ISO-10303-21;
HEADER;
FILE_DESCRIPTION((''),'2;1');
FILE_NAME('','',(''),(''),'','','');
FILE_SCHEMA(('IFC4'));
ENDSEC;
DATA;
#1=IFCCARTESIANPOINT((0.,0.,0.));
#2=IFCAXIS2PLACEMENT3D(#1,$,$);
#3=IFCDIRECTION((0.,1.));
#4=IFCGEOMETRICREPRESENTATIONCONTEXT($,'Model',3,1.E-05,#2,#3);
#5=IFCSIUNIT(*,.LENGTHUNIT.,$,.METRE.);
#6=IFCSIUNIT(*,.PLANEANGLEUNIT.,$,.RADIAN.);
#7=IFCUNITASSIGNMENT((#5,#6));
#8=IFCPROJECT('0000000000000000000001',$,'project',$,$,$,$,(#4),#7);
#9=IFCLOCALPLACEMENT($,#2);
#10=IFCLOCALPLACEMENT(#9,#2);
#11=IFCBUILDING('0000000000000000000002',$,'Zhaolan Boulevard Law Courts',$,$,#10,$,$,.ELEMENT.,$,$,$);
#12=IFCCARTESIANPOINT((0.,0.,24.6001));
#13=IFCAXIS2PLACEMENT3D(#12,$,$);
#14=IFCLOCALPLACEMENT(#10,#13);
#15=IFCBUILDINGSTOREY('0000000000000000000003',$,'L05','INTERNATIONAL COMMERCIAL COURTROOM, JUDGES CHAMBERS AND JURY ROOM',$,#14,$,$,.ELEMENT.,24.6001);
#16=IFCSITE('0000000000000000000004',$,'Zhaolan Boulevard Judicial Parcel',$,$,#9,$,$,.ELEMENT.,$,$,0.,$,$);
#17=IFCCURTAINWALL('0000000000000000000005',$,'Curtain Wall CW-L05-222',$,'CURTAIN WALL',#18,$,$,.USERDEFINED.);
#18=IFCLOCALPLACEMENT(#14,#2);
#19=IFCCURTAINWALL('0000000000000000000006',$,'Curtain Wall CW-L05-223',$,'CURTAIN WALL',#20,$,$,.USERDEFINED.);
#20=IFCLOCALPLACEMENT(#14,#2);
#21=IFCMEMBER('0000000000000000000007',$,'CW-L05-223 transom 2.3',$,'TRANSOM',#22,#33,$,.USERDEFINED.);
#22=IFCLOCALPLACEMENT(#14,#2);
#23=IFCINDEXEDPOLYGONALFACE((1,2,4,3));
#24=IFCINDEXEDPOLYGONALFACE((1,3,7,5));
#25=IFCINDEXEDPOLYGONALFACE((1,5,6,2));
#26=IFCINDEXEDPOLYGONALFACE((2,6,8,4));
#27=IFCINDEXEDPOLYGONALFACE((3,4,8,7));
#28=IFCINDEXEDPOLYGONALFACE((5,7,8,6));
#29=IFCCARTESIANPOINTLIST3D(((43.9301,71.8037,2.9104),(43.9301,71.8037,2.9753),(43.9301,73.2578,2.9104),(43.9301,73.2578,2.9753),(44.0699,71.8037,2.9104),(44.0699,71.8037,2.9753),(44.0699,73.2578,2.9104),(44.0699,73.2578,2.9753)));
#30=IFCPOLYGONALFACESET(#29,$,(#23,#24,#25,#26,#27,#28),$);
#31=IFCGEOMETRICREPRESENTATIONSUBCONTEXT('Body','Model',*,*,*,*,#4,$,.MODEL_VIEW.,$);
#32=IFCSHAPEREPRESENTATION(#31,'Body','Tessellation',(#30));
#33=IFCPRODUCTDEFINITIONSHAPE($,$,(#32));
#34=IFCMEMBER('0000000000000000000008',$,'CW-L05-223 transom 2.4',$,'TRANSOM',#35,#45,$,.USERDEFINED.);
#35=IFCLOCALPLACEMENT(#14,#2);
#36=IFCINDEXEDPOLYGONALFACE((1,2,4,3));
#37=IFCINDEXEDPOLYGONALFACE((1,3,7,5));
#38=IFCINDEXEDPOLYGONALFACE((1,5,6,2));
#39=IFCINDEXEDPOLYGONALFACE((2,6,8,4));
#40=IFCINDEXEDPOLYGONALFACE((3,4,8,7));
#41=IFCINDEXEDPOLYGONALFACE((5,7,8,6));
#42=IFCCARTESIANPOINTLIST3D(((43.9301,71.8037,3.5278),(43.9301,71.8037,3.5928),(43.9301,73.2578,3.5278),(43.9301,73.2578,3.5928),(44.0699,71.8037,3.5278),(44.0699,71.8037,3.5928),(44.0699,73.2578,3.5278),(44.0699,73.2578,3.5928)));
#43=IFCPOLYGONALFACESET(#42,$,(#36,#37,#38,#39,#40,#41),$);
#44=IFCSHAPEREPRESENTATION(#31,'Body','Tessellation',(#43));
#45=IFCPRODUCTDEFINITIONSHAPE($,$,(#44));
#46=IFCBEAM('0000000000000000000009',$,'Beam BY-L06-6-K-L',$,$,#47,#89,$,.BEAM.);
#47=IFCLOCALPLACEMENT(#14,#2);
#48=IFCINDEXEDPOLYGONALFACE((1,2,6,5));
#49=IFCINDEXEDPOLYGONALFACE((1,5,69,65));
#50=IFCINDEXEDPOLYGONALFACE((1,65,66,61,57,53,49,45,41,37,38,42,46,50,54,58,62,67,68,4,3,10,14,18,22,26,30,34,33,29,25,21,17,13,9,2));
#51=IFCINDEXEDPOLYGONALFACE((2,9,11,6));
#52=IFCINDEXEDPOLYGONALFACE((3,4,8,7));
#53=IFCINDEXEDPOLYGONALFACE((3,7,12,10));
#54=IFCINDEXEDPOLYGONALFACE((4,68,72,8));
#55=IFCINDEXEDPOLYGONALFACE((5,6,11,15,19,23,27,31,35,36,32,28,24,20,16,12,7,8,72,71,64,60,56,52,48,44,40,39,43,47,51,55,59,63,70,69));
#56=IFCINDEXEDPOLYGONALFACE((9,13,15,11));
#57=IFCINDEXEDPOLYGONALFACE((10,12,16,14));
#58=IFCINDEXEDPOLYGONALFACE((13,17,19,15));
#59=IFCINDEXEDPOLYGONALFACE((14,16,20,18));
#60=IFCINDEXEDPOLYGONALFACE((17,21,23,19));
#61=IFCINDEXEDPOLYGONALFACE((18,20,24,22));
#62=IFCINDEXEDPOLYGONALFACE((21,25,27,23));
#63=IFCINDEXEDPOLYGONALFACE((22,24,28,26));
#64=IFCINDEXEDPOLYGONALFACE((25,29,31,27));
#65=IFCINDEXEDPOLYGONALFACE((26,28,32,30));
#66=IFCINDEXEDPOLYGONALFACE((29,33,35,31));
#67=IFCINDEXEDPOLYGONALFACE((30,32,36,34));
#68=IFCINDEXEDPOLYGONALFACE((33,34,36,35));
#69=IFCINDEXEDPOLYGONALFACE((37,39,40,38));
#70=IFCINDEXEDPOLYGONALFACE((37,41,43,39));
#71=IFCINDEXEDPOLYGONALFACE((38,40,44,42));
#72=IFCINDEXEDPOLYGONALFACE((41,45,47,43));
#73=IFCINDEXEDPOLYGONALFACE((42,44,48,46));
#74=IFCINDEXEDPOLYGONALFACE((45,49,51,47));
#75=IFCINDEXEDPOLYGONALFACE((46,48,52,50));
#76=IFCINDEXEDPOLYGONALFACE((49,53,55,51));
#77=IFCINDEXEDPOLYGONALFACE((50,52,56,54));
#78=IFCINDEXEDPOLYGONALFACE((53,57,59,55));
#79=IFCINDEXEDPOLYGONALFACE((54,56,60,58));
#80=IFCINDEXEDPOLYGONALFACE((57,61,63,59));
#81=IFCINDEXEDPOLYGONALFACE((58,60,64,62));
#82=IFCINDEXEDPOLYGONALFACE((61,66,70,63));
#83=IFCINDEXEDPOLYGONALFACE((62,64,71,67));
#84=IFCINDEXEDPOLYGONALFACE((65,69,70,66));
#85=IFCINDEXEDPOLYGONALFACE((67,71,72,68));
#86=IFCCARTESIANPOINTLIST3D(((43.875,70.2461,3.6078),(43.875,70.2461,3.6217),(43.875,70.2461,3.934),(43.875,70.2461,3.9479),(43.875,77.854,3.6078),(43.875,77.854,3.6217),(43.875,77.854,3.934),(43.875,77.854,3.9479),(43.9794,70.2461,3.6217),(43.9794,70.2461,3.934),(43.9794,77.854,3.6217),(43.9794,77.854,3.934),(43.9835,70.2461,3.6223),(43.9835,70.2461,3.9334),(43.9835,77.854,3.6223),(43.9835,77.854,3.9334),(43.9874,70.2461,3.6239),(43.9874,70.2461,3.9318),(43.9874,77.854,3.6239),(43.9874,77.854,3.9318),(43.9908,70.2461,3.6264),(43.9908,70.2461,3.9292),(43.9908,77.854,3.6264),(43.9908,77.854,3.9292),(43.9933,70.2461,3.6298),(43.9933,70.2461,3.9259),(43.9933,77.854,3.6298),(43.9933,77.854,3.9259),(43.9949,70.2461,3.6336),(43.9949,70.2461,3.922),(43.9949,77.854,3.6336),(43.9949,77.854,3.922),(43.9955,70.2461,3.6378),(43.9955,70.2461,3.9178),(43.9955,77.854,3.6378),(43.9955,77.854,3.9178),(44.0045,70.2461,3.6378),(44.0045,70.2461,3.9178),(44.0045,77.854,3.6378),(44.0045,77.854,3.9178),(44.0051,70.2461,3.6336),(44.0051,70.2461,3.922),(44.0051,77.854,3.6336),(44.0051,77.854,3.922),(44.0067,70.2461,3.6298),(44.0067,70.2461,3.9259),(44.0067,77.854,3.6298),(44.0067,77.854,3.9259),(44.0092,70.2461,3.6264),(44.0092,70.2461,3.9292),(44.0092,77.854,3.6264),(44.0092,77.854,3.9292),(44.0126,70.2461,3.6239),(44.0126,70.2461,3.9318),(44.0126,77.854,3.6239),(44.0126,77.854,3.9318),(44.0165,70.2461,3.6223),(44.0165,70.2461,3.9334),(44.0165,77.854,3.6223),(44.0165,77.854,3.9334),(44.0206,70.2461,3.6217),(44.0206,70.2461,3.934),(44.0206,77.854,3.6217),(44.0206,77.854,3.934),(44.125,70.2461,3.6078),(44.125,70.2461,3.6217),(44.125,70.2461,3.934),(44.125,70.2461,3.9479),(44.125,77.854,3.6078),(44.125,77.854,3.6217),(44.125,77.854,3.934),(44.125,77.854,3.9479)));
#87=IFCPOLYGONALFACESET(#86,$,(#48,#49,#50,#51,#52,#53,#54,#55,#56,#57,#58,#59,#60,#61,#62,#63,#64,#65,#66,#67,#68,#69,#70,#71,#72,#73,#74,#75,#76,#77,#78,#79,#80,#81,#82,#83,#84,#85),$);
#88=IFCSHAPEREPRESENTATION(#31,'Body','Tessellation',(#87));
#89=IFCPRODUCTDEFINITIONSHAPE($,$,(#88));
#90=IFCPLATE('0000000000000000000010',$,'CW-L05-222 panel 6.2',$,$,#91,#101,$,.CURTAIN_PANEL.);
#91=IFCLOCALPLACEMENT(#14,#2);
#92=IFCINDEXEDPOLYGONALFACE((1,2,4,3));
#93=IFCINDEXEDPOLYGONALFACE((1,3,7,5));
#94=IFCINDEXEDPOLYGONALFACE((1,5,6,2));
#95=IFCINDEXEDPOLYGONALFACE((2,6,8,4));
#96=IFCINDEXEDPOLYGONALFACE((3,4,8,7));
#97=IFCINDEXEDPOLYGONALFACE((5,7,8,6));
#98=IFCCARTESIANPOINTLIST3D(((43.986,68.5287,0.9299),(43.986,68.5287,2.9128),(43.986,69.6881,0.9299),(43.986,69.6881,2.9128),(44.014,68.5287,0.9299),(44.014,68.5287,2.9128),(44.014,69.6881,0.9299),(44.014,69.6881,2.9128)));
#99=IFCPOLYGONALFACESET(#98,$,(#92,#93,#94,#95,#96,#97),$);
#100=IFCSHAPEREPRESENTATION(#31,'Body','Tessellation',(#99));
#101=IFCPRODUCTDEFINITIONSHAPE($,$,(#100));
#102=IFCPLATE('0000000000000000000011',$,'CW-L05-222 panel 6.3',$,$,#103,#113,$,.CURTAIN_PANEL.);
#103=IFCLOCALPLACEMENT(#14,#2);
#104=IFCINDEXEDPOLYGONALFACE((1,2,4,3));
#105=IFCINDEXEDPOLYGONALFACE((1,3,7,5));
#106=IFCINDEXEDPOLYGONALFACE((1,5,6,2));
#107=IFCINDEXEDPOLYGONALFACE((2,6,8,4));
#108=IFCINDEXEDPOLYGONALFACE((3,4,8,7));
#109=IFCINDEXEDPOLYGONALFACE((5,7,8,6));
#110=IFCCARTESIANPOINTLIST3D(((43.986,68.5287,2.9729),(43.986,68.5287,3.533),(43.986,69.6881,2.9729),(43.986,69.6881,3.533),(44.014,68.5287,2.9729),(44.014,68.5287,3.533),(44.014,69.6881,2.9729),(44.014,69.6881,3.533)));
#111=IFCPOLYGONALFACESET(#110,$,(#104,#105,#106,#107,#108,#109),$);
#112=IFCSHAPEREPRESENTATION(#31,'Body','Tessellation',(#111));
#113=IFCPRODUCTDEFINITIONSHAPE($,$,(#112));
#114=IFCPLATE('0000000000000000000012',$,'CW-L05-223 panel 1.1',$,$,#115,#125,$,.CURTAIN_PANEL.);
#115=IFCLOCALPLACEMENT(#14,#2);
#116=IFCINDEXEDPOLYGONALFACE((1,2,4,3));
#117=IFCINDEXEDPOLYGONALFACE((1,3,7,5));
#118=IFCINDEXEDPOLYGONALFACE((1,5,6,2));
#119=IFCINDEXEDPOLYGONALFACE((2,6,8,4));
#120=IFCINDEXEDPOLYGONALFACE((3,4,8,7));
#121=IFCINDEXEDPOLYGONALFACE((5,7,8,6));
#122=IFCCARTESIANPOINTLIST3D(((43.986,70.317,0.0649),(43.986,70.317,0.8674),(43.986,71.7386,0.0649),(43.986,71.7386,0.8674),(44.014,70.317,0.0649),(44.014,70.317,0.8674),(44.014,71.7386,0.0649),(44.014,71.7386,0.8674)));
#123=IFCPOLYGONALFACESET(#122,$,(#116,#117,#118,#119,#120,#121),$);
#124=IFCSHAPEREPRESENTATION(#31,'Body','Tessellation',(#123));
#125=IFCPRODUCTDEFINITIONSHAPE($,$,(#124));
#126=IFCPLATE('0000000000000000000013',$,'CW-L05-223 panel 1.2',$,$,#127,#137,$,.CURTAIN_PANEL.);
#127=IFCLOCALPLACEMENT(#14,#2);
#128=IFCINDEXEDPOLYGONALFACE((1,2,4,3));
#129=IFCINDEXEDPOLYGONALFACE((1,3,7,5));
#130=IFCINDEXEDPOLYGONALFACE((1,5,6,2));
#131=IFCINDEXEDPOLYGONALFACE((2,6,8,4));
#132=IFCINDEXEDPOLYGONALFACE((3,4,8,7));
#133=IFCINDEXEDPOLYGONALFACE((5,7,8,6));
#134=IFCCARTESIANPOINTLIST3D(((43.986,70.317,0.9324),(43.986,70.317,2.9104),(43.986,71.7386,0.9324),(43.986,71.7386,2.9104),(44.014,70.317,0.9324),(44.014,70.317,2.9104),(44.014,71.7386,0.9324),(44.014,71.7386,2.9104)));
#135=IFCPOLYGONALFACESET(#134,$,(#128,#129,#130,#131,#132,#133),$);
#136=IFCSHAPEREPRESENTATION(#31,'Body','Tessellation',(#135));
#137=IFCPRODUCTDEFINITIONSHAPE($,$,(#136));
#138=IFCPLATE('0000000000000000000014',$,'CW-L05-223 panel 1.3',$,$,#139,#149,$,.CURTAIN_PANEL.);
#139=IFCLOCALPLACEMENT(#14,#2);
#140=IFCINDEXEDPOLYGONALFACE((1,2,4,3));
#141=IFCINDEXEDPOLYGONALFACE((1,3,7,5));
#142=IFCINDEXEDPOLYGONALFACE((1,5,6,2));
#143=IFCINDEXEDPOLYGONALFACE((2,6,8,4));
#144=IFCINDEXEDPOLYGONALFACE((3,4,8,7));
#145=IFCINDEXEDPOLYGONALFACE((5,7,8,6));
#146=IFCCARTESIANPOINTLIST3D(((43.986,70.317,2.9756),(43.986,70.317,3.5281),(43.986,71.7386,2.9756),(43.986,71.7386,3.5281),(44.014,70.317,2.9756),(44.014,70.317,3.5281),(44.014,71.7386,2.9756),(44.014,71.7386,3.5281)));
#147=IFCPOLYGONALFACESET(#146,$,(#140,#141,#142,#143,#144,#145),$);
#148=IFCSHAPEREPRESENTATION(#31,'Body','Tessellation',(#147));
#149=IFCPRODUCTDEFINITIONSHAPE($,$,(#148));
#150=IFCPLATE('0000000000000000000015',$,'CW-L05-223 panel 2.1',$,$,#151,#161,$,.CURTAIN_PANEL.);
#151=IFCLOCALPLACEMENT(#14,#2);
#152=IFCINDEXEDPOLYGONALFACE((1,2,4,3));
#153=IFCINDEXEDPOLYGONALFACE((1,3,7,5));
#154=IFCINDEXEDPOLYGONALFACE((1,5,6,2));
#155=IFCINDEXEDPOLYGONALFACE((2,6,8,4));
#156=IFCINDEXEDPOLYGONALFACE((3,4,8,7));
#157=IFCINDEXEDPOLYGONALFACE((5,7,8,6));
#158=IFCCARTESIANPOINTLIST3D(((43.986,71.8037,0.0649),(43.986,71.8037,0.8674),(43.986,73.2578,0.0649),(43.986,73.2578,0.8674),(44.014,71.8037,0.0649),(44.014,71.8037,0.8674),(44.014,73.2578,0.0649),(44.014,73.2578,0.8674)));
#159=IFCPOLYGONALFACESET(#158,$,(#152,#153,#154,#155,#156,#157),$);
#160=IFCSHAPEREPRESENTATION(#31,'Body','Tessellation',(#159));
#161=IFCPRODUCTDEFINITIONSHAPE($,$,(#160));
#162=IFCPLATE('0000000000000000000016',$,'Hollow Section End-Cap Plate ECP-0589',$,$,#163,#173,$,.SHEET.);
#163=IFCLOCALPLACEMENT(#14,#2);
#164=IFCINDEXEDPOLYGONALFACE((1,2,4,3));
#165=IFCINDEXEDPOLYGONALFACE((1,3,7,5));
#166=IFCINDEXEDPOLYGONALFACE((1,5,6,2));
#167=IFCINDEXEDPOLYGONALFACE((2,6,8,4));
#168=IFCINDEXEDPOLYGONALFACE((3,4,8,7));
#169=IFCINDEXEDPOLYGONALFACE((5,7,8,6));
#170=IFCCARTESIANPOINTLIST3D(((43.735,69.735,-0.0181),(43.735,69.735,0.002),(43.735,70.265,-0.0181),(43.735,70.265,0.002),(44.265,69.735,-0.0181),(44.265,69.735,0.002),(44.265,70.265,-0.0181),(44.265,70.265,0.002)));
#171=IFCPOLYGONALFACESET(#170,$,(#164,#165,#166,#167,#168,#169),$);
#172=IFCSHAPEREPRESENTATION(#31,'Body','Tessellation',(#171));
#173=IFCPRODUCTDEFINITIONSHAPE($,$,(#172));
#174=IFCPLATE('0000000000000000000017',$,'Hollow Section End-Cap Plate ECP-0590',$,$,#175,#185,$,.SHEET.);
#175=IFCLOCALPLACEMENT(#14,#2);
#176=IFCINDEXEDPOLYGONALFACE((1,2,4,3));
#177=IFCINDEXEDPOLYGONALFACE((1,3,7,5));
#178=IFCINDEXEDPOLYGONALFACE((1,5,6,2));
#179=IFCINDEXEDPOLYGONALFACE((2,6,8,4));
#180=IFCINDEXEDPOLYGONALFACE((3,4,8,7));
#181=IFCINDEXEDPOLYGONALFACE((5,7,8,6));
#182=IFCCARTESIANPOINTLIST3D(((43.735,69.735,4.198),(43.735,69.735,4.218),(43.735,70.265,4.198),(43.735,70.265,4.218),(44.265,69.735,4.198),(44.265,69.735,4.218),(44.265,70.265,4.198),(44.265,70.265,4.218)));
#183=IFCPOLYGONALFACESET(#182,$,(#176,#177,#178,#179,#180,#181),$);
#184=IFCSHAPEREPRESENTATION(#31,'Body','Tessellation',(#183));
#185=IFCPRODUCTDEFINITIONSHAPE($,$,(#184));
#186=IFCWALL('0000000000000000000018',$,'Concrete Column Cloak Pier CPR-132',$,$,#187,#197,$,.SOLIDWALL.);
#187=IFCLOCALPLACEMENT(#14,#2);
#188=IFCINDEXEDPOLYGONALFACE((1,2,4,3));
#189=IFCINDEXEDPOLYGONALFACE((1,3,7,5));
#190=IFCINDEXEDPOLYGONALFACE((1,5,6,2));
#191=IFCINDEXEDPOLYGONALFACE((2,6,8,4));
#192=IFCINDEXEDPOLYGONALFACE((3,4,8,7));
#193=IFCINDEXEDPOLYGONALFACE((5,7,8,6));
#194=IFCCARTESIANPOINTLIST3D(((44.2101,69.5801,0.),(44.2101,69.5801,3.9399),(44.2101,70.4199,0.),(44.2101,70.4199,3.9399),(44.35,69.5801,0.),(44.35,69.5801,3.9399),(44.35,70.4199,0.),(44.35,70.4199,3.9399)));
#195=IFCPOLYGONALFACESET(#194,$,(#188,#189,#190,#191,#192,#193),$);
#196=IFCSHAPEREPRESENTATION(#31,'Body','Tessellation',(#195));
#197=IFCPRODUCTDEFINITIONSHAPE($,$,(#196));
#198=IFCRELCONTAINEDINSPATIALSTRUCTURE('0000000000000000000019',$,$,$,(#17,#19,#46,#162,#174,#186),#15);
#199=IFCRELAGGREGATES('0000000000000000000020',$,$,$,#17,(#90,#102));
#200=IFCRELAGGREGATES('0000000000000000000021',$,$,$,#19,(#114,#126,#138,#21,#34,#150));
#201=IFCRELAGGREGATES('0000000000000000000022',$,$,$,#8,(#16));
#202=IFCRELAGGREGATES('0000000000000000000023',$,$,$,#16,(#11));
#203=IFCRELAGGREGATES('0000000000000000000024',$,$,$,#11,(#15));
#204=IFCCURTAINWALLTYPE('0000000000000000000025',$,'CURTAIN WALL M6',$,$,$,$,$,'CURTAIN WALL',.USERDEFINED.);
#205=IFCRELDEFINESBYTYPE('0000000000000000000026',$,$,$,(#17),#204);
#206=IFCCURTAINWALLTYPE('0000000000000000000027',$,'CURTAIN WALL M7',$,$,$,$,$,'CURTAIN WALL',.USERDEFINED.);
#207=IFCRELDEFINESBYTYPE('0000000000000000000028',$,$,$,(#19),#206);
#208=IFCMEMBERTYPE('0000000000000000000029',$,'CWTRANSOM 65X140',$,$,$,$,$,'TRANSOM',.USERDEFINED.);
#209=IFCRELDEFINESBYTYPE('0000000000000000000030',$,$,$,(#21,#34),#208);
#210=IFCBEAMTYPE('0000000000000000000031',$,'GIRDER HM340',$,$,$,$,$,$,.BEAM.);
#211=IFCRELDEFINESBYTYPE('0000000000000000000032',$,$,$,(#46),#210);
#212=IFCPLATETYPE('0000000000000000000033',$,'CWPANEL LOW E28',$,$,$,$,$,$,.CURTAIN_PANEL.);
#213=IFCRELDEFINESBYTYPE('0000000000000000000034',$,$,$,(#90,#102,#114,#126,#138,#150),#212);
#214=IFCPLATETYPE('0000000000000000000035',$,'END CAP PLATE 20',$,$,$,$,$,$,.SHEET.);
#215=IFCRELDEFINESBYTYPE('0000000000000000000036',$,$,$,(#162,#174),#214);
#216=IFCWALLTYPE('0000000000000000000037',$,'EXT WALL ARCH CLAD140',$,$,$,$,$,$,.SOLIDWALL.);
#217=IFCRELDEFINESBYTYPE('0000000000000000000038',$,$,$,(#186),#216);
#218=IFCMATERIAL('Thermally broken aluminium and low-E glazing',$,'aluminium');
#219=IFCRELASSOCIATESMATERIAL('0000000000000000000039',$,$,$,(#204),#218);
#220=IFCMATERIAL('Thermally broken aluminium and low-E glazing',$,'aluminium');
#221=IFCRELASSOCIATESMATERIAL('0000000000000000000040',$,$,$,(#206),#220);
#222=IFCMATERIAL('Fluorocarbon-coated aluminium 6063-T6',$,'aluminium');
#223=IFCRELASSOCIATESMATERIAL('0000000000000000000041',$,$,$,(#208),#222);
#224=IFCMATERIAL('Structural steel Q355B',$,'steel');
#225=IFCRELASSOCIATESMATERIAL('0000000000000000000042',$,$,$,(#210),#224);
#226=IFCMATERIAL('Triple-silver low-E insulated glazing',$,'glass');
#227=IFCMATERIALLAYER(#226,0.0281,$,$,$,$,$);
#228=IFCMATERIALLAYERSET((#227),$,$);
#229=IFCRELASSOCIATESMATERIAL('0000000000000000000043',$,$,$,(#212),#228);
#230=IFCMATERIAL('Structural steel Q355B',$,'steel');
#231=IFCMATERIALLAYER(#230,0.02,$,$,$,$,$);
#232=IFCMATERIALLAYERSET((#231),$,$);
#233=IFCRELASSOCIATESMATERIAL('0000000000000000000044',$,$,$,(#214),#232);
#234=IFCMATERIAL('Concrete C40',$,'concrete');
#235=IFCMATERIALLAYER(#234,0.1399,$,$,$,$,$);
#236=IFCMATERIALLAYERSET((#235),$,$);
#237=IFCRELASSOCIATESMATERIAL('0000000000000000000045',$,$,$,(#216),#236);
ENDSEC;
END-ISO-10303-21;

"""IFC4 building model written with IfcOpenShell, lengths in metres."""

from ifc_helpers import new_model, si_unit, direction, frame, frame_2d, origin, origin_2d, place, context, subcontext, project, spatial, rectangle, i_section, extrude, material, layer, layer_set, material_profile, profile_set, type_object, element, aggregate, save


model = new_model("IFC4")

# Units and contexts
model_context = context("Model", 3, precision=1e-05, world=origin(), true_north=direction((0.0, 1.0)))
body_context = subcontext(model_context, "Body", "Model", "MODEL_VIEW")
ifc_project = project(units=[si_unit("LENGTHUNIT", "METRE"), si_unit("PLANEANGLEUNIT", "RADIAN")], contexts=[model_context])

# Site, building, storey
site_placement = place(None, origin())
site = spatial("IfcSite", under=ifc_project, at=site_placement, Name="Zhaolan Boulevard Judicial Parcel", CompositionType="ELEMENT", RefElevation=0.0)
building_placement = place(site_placement, origin())
building = spatial("IfcBuilding", under=site, at=building_placement, Name="Zhaolan Boulevard Law Courts", CompositionType="ELEMENT")
storey_placement = place(building_placement, frame((0.0, 0.0, 24.6001)))
storey = spatial("IfcBuildingStorey", under=building, at=storey_placement, Name="L05", Description="INTERNATIONAL COMMERCIAL COURTROOM, JUDGES CHAMBERS AND JURY ROOM", CompositionType="ELEMENT", Elevation=24.6001)

# Curtain wall
ifc_material_1 = material(Name="Thermally broken aluminium and low-E glazing", Category="aluminium")
curtain_wall_type_1 = type_object("IfcCurtainWallType", Name="CURTAIN WALL M6", ElementType="CURTAIN WALL", PredefinedType="USERDEFINED", material=ifc_material_1)
curtain_wall_1_placement = place(storey_placement, origin())
curtain_wall_1 = element("IfcCurtainWall", 1, at=curtain_wall_1_placement, inside=storey, type_object=curtain_wall_type_1, Name="Curtain Wall CW-L05-222", ObjectType="CURTAIN WALL", PredefinedType="USERDEFINED")

# Curtain wall, members
ifc_material_2 = material(Name="Thermally broken aluminium and low-E glazing", Category="aluminium")
curtain_wall_type_2 = type_object("IfcCurtainWallType", Name="CURTAIN WALL M7", ElementType="CURTAIN WALL", PredefinedType="USERDEFINED", material=ifc_material_2)
curtain_wall_2_placement = place(storey_placement, origin())
curtain_wall_2 = element("IfcCurtainWall", 2, at=curtain_wall_2_placement, inside=storey, type_object=curtain_wall_type_2, Name="Curtain Wall CW-L05-223", ObjectType="CURTAIN WALL", PredefinedType="USERDEFINED")
ifc_material_3 = material(Name="Fluorocarbon-coated aluminium 6063-T6", Category="aluminium")
ifc_material_profile_1 = material_profile(ifc_material_3, rectangle(XDim=0.1399, YDim=0.0649, at=origin_2d()), Name="AL65x140")
ifc_profile_set_1 = profile_set([ifc_material_profile_1], Name="Fluorocarbon-coated aluminium 6063-T6")
member_type_1 = type_object("IfcMemberType", Name="CWTRANSOM 65X140", ElementType="TRANSOM", PredefinedType="USERDEFINED", material=ifc_profile_set_1)
member_1_placement = place(storey_placement, frame((44.0, 71.8037, 2.9429), z_axis=(0.0, 1.0, 0.0), x_axis=(-1.0, 0.0, 0.0)))
member_1 = element("IfcMember", 3, at=member_1_placement, type_object=member_type_1, Name="CW-L05-223 transom 2.3", ObjectType="TRANSOM", PredefinedType="USERDEFINED", context=body_context, shape_type="SweptSolid", body=[
    extrude(rectangle(XDim=0.1399, YDim=0.0649, at=origin_2d()), origin(), (0.0, 0.0, 1.0), 1.4541),
])
member_2_placement = place(storey_placement, frame((44.0, 71.8037, 3.5603), z_axis=(0.0, 1.0, 0.0), x_axis=(-1.0, 0.0, 0.0)))
member_2 = element("IfcMember", 4, at=member_2_placement, type_object=member_type_1, Name="CW-L05-223 transom 2.4", ObjectType="TRANSOM", PredefinedType="USERDEFINED", context=body_context, shape_type="SweptSolid", body=[
    extrude(rectangle(XDim=0.1399, YDim=0.0649, at=origin_2d()), origin(), (0.0, 0.0, 1.0), 1.4541),
])

# Beam
ifc_material_4 = material(Name="Structural steel Q355B", Category="steel")
ifc_material_profile_2 = material_profile(ifc_material_4, i_section(OverallWidth=0.25, OverallDepth=0.3401, WebThickness=0.009, FlangeThickness=0.0139, FilletRadius=0.0161, at=origin_2d()), Name="HM340x250")
ifc_profile_set_2 = profile_set([ifc_material_profile_2], Name="Structural steel Q355B")
beam_type = type_object("IfcBeamType", Name="GIRDER HM340", PredefinedType="BEAM", material=ifc_profile_set_2)
beam_placement = place(storey_placement, frame((44.0, 70.2461, 3.7778), z_axis=(0.0, 1.0, 0.0), x_axis=(-1.0, 0.0, 0.0)))
element("IfcBeam", 5, at=beam_placement, inside=storey, type_object=beam_type, Name="Beam BY-L06-6-K-L", PredefinedType="BEAM", context=body_context, shape_type="SweptSolid", body=[
    extrude(i_section(OverallWidth=0.25, OverallDepth=0.3401, WebThickness=0.009, FlangeThickness=0.0139, FilletRadius=0.0161, at=origin_2d()), origin(), (0.0, 0.0, 1.0), 7.6079),
])

# Plates
ifc_material_5 = material(Name="Triple-silver low-E insulated glazing", Category="glass")
ifc_layer_1 = layer(ifc_material_5, 0.0281)
ifc_layer_set_1 = layer_set([ifc_layer_1])
plate_type_1 = type_object("IfcPlateType", Name="CWPANEL LOW E28", PredefinedType="CURTAIN_PANEL", material=ifc_layer_set_1)
plate_1_placement = place(storey_placement, frame((44.0, 69.1084, 0.9299), z_axis=(0.0, 0.0, 1.0), x_axis=(0.0, 1.0, 0.0)))
plate_1 = element("IfcPlate", 6, at=plate_1_placement, type_object=plate_type_1, Name="CW-L05-222 panel 6.2", PredefinedType="CURTAIN_PANEL", context=body_context, shape_type="SweptSolid", body=[
    extrude(rectangle(XDim=1.1594, YDim=0.0281, at=origin_2d()), origin(), (0.0, 0.0, 1.0), 1.9829),
])
plate_2_placement = place(storey_placement, frame((44.0, 69.1084, 2.9729), z_axis=(0.0, 0.0, 1.0), x_axis=(0.0, 1.0, 0.0)))
plate_2 = element("IfcPlate", 7, at=plate_2_placement, type_object=plate_type_1, Name="CW-L05-222 panel 6.3", PredefinedType="CURTAIN_PANEL", context=body_context, shape_type="SweptSolid", body=[
    extrude(rectangle(XDim=1.1594, YDim=0.0281, at=origin_2d()), origin(), (0.0, 0.0, 1.0), 0.5601),
])
aggregate(curtain_wall_1, [plate_1, plate_2])
plate_3_placement = place(storey_placement, frame((44.0, 71.0278, 0.0649), z_axis=(0.0, 0.0, 1.0), x_axis=(0.0, 1.0, 0.0)))
plate_3 = element("IfcPlate", 8, at=plate_3_placement, type_object=plate_type_1, Name="CW-L05-223 panel 1.1", PredefinedType="CURTAIN_PANEL", context=body_context, shape_type="SweptSolid", body=[
    extrude(rectangle(XDim=1.4216, YDim=0.0281, at=origin_2d()), origin(), (0.0, 0.0, 1.0), 0.8025),
])
plate_4_placement = place(storey_placement, frame((44.0, 71.0278, 0.9324), z_axis=(0.0, 0.0, 1.0), x_axis=(0.0, 1.0, 0.0)))
plate_4 = element("IfcPlate", 9, at=plate_4_placement, type_object=plate_type_1, Name="CW-L05-223 panel 1.2", PredefinedType="CURTAIN_PANEL", context=body_context, shape_type="SweptSolid", body=[
    extrude(rectangle(XDim=1.4216, YDim=0.0281, at=origin_2d()), origin(), (0.0, 0.0, 1.0), 1.978),
])
plate_5_placement = place(storey_placement, frame((44.0, 71.0278, 2.9756), z_axis=(0.0, 0.0, 1.0), x_axis=(0.0, 1.0, 0.0)))
plate_5 = element("IfcPlate", 10, at=plate_5_placement, type_object=plate_type_1, Name="CW-L05-223 panel 1.3", PredefinedType="CURTAIN_PANEL", context=body_context, shape_type="SweptSolid", body=[
    extrude(rectangle(XDim=1.4216, YDim=0.0281, at=origin_2d()), origin(), (0.0, 0.0, 1.0), 0.5525),
])
plate_6_placement = place(storey_placement, frame((44.0, 72.5308, 0.0649), z_axis=(0.0, 0.0, 1.0), x_axis=(0.0, 1.0, 0.0)))
plate_6 = element("IfcPlate", 11, at=plate_6_placement, type_object=plate_type_1, Name="CW-L05-223 panel 2.1", PredefinedType="CURTAIN_PANEL", context=body_context, shape_type="SweptSolid", body=[
    extrude(rectangle(XDim=1.4541, YDim=0.0281, at=origin_2d()), origin(), (0.0, 0.0, 1.0), 0.8025),
])
aggregate(curtain_wall_2, [plate_3, plate_4, plate_5, member_1, member_2, plate_6])

# Plates
ifc_material_6 = material(Name="Structural steel Q355B", Category="steel")
ifc_layer_2 = layer(ifc_material_6, 0.02)
ifc_layer_set_2 = layer_set([ifc_layer_2])
plate_type_2 = type_object("IfcPlateType", Name="END CAP PLATE 20", PredefinedType="SHEET", material=ifc_layer_set_2)
for number, where, z_axis, x_axis, name in (
    (12, (44.0, 70.0, -0.0181), (0.0, 0.0, 1.0), (1.0, 0.0, 0.0), "Hollow Section End-Cap Plate ECP-0589"),
    (13, (44.0, 70.0, 4.198), (0.0, 0.0, 1.0), (1.0, 0.0, 0.0), "Hollow Section End-Cap Plate ECP-0590"),
):
    element("IfcPlate", number, at=place(storey_placement, frame(where, z_axis=z_axis, x_axis=x_axis)), inside=storey, type_object=plate_type_2, Name=name, PredefinedType="SHEET", context=body_context, shape_type="SweptSolid", body=[
        extrude(rectangle(XDim=0.53, YDim=0.53, at=origin_2d()), origin(), (0.0, 0.0, 1.0), 0.02),
    ])

# Wall
ifc_material_7 = material(Name="Concrete C40", Category="concrete")
ifc_layer_3 = layer(ifc_material_7, 0.1399)
ifc_layer_set_3 = layer_set([ifc_layer_3])
wall_type = type_object("IfcWallType", Name="EXT WALL ARCH CLAD140", PredefinedType="SOLIDWALL", material=ifc_layer_set_3)
wall_placement = place(storey_placement, frame((44.28, 69.5801, 0.0), z_axis=(0.0, 0.0, 1.0), x_axis=(0.0, 1.0, 0.0)))
element("IfcWall", 14, at=wall_placement, inside=storey, type_object=wall_type, Name="Concrete Column Cloak Pier CPR-132", PredefinedType="SOLIDWALL", context=body_context, shape_type="SweptSolid", body=[
    extrude(rectangle(XDim=0.8398, YDim=0.1399, at=frame_2d((0.4199, 0.0))), origin(), (0.0, 0.0, 1.0), 3.9399),
])

save(model, "model.ifc")
